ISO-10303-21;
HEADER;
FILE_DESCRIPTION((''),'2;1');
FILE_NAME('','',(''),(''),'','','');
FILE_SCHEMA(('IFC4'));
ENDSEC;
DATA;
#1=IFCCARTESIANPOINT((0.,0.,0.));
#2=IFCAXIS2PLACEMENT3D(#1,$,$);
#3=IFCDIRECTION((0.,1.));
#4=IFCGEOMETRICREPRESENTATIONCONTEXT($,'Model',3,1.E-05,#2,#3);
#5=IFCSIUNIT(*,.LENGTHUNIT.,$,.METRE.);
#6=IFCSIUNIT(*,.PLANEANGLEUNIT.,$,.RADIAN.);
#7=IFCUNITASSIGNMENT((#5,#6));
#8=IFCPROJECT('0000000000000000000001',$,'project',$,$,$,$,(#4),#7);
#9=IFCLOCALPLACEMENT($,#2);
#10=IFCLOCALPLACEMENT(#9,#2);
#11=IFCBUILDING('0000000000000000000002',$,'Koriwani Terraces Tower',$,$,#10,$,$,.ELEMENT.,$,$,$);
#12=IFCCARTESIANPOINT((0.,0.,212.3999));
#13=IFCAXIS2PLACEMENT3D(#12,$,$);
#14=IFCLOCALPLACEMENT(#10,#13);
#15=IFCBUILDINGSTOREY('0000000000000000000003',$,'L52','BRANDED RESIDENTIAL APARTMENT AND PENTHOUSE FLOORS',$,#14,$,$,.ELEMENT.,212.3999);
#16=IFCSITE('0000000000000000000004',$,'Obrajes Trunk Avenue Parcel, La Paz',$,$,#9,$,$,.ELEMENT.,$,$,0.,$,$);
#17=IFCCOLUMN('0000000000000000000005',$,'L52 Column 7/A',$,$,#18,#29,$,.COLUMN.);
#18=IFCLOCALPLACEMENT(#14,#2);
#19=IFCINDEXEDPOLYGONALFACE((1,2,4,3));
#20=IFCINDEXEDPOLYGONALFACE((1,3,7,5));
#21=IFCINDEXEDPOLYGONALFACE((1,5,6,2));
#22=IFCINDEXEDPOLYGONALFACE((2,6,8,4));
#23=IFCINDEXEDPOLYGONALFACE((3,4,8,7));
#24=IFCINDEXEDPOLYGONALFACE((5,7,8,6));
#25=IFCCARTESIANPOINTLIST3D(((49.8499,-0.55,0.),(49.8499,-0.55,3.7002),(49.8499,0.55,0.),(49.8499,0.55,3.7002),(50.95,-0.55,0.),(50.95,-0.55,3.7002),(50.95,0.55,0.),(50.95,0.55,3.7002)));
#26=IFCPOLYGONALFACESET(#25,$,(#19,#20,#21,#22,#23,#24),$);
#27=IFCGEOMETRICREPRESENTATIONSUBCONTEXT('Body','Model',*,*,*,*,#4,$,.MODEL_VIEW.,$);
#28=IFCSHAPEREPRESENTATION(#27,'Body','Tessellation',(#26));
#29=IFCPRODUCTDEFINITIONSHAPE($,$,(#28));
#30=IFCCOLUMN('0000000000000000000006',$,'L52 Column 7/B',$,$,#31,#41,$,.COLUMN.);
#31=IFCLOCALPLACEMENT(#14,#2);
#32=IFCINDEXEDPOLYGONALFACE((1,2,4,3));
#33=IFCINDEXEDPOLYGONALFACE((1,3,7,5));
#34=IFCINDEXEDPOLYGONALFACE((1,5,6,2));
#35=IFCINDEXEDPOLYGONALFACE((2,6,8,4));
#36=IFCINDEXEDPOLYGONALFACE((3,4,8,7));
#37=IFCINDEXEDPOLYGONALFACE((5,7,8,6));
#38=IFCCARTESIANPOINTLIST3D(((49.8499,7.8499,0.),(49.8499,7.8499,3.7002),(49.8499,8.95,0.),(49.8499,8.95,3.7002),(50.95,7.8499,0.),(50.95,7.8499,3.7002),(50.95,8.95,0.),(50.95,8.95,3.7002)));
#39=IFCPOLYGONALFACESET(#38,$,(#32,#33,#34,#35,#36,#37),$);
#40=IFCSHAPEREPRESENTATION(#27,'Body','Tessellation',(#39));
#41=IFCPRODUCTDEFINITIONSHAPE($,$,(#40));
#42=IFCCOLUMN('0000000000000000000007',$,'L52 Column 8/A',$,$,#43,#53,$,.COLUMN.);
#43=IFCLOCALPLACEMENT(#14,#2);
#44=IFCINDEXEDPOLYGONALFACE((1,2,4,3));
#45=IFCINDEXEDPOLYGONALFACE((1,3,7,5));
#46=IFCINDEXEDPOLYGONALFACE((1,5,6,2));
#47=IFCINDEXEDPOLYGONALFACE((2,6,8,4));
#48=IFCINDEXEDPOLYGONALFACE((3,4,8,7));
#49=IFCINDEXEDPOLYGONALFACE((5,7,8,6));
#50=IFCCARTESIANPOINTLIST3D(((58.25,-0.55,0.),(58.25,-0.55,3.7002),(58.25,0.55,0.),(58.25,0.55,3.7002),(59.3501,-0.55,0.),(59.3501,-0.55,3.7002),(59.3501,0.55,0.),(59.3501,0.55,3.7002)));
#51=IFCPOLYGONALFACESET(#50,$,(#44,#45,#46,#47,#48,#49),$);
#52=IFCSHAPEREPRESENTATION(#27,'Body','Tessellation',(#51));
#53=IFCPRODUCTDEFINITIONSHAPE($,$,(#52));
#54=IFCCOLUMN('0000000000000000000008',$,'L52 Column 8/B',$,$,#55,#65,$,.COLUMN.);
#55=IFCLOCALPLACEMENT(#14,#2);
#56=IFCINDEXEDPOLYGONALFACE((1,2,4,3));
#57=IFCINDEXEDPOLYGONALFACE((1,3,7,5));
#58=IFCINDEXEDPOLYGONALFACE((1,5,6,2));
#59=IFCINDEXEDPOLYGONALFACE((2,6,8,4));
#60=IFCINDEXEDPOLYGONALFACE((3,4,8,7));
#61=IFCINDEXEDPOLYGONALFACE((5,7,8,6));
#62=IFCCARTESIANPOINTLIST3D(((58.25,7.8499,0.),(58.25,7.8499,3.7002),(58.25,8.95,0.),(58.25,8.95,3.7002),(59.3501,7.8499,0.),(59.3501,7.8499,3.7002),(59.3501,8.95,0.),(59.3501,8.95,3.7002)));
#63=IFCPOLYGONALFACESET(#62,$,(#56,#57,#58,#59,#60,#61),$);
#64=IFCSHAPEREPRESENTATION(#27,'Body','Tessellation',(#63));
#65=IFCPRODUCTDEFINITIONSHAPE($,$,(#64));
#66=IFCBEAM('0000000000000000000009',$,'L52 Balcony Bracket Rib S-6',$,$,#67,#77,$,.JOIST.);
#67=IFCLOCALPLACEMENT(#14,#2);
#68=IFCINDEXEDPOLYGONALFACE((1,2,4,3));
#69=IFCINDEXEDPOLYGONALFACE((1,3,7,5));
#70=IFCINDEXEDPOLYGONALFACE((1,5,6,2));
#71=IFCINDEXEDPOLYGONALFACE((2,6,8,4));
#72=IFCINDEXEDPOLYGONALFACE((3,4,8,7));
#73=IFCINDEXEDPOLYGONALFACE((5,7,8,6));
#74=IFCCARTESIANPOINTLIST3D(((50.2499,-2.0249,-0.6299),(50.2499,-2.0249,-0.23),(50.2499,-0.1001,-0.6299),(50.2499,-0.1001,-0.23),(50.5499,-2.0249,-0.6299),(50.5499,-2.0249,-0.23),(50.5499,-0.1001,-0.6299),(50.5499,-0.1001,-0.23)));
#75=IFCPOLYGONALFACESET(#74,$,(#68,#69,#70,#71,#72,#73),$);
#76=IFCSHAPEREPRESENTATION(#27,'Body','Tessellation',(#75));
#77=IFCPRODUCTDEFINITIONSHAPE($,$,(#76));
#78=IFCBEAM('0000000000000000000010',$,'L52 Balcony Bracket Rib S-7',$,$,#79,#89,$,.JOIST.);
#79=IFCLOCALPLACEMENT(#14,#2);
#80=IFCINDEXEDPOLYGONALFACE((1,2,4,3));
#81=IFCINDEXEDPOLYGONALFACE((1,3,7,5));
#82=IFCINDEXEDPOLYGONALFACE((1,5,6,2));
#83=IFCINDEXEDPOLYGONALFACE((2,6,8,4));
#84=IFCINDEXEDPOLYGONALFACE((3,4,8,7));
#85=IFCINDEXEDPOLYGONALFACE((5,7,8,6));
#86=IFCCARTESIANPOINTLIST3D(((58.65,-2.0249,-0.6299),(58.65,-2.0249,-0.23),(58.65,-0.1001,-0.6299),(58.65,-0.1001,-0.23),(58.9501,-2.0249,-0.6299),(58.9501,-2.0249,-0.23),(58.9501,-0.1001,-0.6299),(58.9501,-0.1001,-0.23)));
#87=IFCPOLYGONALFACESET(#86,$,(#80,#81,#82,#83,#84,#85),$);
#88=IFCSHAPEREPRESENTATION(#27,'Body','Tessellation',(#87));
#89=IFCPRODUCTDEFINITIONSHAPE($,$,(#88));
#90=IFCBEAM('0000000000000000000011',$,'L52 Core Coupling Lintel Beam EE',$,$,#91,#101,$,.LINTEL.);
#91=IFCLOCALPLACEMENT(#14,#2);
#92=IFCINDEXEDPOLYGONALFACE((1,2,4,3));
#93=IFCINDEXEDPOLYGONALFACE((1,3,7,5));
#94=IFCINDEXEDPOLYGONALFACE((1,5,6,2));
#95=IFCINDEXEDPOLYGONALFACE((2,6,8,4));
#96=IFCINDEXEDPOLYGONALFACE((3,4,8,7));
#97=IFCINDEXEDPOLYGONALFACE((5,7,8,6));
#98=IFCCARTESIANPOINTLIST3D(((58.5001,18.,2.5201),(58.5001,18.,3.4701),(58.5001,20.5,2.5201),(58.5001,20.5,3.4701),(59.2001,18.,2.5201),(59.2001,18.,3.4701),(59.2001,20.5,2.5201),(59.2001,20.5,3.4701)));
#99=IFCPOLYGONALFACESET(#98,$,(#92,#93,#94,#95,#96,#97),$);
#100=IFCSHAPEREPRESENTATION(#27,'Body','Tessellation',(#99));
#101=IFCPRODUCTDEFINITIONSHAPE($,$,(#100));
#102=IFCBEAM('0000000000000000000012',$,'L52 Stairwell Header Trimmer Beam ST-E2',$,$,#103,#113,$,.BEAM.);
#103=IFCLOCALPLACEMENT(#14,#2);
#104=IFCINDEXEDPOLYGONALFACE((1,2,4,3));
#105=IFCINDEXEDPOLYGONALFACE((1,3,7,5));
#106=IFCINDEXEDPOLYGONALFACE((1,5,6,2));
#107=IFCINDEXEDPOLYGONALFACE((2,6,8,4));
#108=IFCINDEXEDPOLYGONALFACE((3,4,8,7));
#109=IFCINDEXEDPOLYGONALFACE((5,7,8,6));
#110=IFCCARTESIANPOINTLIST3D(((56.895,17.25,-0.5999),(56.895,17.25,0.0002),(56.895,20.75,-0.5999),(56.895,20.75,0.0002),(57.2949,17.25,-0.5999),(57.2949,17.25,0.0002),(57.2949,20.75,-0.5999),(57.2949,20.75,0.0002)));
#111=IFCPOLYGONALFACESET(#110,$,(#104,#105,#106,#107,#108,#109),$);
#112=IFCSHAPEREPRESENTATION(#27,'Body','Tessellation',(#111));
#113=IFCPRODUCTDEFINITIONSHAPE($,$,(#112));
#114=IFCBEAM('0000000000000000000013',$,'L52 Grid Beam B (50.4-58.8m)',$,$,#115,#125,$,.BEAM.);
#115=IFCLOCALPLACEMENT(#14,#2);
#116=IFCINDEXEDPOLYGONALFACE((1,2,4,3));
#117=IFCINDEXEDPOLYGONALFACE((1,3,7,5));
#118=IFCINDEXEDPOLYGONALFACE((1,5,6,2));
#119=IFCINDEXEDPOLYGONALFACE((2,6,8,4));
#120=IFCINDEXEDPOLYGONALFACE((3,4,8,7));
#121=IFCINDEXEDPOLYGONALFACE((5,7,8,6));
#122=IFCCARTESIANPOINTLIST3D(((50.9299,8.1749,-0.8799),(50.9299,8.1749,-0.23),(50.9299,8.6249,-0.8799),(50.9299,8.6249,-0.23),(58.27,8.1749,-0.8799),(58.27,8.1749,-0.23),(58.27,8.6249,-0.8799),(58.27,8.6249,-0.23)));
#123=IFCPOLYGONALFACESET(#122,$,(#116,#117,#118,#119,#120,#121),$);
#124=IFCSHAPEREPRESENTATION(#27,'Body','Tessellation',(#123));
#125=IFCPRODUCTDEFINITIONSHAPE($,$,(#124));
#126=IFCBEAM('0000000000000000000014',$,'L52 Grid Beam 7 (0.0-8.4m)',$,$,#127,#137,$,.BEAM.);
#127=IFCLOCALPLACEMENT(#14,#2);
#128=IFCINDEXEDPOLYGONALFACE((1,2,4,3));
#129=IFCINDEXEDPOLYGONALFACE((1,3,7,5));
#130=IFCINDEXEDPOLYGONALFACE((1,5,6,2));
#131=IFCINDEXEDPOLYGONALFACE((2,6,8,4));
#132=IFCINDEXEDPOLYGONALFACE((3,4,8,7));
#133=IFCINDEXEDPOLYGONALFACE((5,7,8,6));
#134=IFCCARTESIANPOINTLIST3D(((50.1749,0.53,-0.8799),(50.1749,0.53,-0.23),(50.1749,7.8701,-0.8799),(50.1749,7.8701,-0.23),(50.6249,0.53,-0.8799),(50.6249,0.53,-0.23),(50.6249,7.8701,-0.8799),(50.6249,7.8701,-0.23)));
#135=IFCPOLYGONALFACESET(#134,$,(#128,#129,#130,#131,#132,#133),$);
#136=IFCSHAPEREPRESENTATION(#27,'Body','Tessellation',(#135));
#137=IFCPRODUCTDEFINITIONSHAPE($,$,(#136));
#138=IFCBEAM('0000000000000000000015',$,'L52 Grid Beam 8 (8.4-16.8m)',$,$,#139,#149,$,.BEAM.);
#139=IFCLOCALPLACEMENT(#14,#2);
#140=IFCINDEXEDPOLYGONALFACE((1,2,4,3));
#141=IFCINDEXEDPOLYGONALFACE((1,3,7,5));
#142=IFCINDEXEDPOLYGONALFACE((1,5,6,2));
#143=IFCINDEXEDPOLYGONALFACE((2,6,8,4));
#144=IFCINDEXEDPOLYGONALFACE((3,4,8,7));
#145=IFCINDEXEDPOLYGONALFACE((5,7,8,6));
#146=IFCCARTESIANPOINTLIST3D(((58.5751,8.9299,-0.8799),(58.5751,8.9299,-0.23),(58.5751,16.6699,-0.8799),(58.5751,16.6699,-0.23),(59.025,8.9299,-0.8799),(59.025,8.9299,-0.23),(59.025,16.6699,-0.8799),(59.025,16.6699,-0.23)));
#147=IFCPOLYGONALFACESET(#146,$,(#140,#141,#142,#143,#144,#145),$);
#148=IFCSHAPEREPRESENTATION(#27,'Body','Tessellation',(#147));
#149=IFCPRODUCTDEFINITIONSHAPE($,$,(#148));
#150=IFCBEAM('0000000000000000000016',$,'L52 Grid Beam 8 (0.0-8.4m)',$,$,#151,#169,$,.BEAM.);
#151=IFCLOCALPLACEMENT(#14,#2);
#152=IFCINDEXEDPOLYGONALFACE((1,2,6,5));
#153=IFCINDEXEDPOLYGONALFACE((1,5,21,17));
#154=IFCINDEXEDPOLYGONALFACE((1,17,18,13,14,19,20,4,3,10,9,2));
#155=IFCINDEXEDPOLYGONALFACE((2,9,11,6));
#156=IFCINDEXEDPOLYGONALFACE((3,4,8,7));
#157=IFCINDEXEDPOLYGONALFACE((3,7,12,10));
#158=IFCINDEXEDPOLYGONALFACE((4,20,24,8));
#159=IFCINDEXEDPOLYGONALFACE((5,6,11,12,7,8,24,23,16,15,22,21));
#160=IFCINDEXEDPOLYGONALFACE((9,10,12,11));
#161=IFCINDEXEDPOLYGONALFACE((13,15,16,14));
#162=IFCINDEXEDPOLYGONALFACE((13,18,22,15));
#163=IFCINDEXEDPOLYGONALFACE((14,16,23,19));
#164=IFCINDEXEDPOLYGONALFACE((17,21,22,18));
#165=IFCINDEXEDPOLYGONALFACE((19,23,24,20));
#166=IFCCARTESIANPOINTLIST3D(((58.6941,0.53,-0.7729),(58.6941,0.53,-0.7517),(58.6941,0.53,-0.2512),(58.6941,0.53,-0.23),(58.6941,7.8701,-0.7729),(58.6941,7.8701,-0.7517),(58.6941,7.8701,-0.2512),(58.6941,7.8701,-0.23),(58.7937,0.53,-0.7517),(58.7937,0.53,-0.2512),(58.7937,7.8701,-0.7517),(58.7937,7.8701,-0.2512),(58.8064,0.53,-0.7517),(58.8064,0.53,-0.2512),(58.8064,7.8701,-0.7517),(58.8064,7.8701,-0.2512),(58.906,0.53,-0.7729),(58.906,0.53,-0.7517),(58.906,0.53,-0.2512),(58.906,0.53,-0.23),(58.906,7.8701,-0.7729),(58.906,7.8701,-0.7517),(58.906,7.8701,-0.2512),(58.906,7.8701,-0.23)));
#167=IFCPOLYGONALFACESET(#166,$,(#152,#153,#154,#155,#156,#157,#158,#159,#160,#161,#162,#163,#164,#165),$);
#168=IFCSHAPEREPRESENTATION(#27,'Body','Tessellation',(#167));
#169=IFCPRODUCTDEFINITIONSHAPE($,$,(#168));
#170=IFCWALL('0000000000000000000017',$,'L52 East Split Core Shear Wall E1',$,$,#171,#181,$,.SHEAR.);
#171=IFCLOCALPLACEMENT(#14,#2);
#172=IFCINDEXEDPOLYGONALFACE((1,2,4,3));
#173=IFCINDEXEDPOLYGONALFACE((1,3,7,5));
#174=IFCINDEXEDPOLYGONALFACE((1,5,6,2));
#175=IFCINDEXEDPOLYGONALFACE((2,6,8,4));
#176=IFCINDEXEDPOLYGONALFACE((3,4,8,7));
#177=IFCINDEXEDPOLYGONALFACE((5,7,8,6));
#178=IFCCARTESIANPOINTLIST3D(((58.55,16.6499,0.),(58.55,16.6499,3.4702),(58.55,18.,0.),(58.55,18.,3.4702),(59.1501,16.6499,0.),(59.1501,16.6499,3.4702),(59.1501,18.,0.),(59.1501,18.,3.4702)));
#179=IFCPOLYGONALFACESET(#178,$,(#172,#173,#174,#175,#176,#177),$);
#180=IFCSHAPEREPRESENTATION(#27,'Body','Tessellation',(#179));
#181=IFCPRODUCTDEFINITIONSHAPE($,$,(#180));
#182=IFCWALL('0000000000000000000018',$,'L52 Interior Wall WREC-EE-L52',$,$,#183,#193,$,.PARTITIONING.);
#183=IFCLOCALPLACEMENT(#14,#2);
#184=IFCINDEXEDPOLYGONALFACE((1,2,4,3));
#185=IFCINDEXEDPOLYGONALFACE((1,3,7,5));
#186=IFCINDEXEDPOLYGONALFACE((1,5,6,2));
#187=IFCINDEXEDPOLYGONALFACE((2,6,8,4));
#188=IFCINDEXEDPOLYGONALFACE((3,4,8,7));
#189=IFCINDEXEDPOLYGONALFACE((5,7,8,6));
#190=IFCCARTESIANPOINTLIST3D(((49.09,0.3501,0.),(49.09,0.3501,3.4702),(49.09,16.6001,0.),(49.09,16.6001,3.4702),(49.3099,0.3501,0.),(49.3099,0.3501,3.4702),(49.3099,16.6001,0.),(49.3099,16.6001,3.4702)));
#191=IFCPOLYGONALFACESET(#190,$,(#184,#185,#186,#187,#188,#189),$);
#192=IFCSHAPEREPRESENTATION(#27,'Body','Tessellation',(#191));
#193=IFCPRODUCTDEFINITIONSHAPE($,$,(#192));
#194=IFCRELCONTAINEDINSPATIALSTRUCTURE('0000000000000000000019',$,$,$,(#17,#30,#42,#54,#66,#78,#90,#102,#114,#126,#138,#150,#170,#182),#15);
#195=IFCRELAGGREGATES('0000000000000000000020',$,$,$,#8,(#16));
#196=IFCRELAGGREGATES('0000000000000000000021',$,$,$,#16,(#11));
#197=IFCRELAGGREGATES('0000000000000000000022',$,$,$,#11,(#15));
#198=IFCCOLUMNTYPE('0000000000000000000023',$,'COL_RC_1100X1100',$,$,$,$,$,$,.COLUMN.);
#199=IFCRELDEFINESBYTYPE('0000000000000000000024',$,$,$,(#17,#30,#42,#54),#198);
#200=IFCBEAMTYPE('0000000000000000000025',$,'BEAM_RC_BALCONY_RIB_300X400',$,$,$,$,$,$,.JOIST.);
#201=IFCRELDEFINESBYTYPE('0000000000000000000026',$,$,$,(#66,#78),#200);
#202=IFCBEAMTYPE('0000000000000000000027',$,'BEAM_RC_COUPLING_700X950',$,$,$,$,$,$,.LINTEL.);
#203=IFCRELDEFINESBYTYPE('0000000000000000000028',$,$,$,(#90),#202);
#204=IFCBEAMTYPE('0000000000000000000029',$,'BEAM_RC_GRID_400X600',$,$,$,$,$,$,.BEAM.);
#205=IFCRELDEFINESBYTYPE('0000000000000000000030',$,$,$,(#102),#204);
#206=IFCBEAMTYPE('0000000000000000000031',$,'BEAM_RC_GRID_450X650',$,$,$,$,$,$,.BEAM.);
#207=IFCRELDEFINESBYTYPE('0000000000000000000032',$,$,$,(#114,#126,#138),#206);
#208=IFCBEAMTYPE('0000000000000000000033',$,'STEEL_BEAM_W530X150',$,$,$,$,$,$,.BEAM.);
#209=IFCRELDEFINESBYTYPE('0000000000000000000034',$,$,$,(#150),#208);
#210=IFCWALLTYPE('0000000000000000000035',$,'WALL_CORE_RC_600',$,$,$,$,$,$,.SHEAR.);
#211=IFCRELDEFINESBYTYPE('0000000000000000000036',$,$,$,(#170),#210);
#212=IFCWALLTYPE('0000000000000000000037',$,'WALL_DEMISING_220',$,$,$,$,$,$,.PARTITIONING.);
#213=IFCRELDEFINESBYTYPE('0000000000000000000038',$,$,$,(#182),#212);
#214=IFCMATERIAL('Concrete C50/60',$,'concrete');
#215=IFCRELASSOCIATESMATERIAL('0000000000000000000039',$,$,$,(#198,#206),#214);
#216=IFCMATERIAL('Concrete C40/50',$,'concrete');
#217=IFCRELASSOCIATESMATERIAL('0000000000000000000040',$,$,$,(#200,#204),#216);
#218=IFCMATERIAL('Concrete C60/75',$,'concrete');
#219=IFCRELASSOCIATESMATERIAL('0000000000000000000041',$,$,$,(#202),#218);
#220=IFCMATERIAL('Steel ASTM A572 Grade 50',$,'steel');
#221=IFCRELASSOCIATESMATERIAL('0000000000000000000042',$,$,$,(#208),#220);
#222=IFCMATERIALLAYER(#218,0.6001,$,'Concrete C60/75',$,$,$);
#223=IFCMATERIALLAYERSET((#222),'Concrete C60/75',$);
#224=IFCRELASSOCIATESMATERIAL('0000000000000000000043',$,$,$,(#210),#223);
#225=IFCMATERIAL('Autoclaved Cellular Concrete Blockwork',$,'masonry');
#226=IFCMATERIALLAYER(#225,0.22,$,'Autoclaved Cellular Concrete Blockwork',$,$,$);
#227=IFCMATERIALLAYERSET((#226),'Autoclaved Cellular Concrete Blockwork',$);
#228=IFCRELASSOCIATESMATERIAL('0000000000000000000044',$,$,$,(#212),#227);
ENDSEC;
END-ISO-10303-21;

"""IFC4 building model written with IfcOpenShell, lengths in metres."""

from ifc_helpers import new_model, si_unit, direction, frame, frame_2d, origin, origin_2d, place, context, subcontext, project, spatial, rectangle, i_section, extrude, material, layer, layer_set, material_profile, profile_set, type_object, element, save


model = new_model("IFC4")

# Units and contexts
model_context = context("Model", 3, precision=1e-05, world=origin(), true_north=direction((0.0, 1.0)))
body_context = subcontext(model_context, "Body", "Model", "MODEL_VIEW")
ifc_project = project(units=[si_unit("LENGTHUNIT", "METRE"), si_unit("PLANEANGLEUNIT", "RADIAN")], contexts=[model_context])

# Site, building, storey
site_placement = place(None, origin())
site = spatial("IfcSite", under=ifc_project, at=site_placement, Name="Obrajes Trunk Avenue Parcel, La Paz", CompositionType="ELEMENT", RefElevation=0.0)
building_placement = place(site_placement, origin())
building = spatial("IfcBuilding", under=site, at=building_placement, Name="Koriwani Terraces Tower", CompositionType="ELEMENT")
storey_placement = place(building_placement, frame((0.0, 0.0, 212.3999)))
storey = spatial("IfcBuildingStorey", under=building, at=storey_placement, Name="L52", Description="BRANDED RESIDENTIAL APARTMENT AND PENTHOUSE FLOORS", CompositionType="ELEMENT", Elevation=212.3999)

# Columns
ifc_material_1 = material(Name="Concrete C50/60", Category="concrete")
ifc_material_profile_1 = material_profile(ifc_material_1, rectangle(XDim=1.1001, YDim=1.1001, at=origin_2d()), Name="Concrete C50/60", Category="LoadBearing")
ifc_profile_set_1 = profile_set([ifc_material_profile_1], Name="Concrete C50/60")
column_type = type_object("IfcColumnType", Name="COL_RC_1100X1100", PredefinedType="COLUMN", material=ifc_profile_set_1)
for number, where, z_axis, x_axis, name in (
    (1, (50.3999, 0.0, 0.0), (0.0, 0.0, 1.0), (1.0, 0.0, 0.0), "L52 Column 7/A"),
    (2, (50.3999, 8.3999, 0.0), (0.0, 0.0, 1.0), (1.0, 0.0, 0.0), "L52 Column 7/B"),
    (3, (58.8, 0.0, 0.0), (0.0, 0.0, 1.0), (1.0, 0.0, 0.0), "L52 Column 8/A"),
    (4, (58.8, 8.3999, 0.0), (0.0, 0.0, 1.0), (1.0, 0.0, 0.0), "L52 Column 8/B"),
):
    element("IfcColumn", number, at=place(storey_placement, frame(where, z_axis=z_axis, x_axis=x_axis)), inside=storey, type_object=column_type, Name=name, PredefinedType="COLUMN", context=body_context, shape_type="SweptSolid", body=[
        extrude(rectangle(XDim=1.1001, YDim=1.1001, at=origin_2d()), origin(), (0.0, 0.0, 1.0), 3.7002),
    ])

# Beams
ifc_material_2 = material(Name="Concrete C40/50", Category="concrete")
ifc_material_profile_2 = material_profile(ifc_material_2, rectangle(XDim=0.3, YDim=0.3999, at=origin_2d()), Name="Concrete C40/50", Category="LoadBearing")
ifc_profile_set_2 = profile_set([ifc_material_profile_2], Name="Concrete C40/50")
beam_type_1 = type_object("IfcBeamType", Name="BEAM_RC_BALCONY_RIB_300X400", PredefinedType="JOIST", material=ifc_profile_set_2)
for number, where, z_axis, x_axis, name in (
    (5, (50.3999, -2.0249, -0.4299), (0.0, 1.0, 0.0), (-1.0, 0.0, 0.0), "L52 Balcony Bracket Rib S-6"),
    (6, (58.8, -2.0249, -0.4299), (0.0, 1.0, 0.0), (-1.0, 0.0, 0.0), "L52 Balcony Bracket Rib S-7"),
):
    element("IfcBeam", number, at=place(storey_placement, frame(where, z_axis=z_axis, x_axis=x_axis)), inside=storey, type_object=beam_type_1, Name=name, PredefinedType="JOIST", context=body_context, shape_type="SweptSolid", body=[
        extrude(rectangle(XDim=0.3, YDim=0.3999, at=origin_2d()), origin(), (0.0, 0.0, 1.0), 1.9248),
    ])
ifc_material_3 = material(Name="Concrete C60/75", Category="concrete")
ifc_material_profile_3 = material_profile(ifc_material_3, rectangle(XDim=0.7, YDim=0.95, at=origin_2d()), Name="Concrete C60/75", Category="LoadBearing")
ifc_profile_set_3 = profile_set([ifc_material_profile_3], Name="Concrete C60/75")
beam_type_2 = type_object("IfcBeamType", Name="BEAM_RC_COUPLING_700X950", PredefinedType="LINTEL", material=ifc_profile_set_3)
beam_1_placement = place(storey_placement, frame((58.8501, 18.0, 2.9951), z_axis=(0.0, 1.0, 0.0), x_axis=(-1.0, 0.0, 0.0)))
element("IfcBeam", 7, at=beam_1_placement, inside=storey, type_object=beam_type_2, Name="L52 Core Coupling Lintel Beam EE", PredefinedType="LINTEL", context=body_context, shape_type="SweptSolid", body=[
    extrude(rectangle(XDim=0.7, YDim=0.95, at=origin_2d()), origin(), (0.0, 0.0, 1.0), 2.5),
])
ifc_material_profile_4 = material_profile(ifc_material_2, rectangle(XDim=0.3999, YDim=0.6001, at=origin_2d()), Name="Concrete C40/50", Category="LoadBearing")
ifc_profile_set_4 = profile_set([ifc_material_profile_4], Name="Concrete C40/50")
beam_type_3 = type_object("IfcBeamType", Name="BEAM_RC_GRID_400X600", PredefinedType="BEAM", material=ifc_profile_set_4)
beam_2_placement = place(storey_placement, frame((57.095, 17.25, -0.2998), z_axis=(0.0, 1.0, 0.0), x_axis=(-1.0, 0.0, 0.0)))
element("IfcBeam", 8, at=beam_2_placement, inside=storey, type_object=beam_type_3, Name="L52 Stairwell Header Trimmer Beam ST-E2", PredefinedType="BEAM", context=body_context, shape_type="SweptSolid", body=[
    extrude(rectangle(XDim=0.3999, YDim=0.6001, at=origin_2d()), origin(), (0.0, 0.0, 1.0), 3.5),
])
ifc_material_profile_5 = material_profile(ifc_material_1, rectangle(XDim=0.45, YDim=0.6499, at=origin_2d()), Name="Concrete C50/60", Category="LoadBearing")
ifc_profile_set_5 = profile_set([ifc_material_profile_5], Name="Concrete C50/60")
beam_type_4 = type_object("IfcBeamType", Name="BEAM_RC_GRID_450X650", PredefinedType="BEAM", material=ifc_profile_set_5)
for number, where, z_axis, x_axis, name in (
    (9, (50.9299, 8.3999, -0.5549), (1.0, 0.0, 0.0), (0.0, 1.0, 0.0), "L52 Grid Beam B (50.4-58.8m)"),
    (10, (50.3999, 0.53, -0.5549), (0.0, 1.0, 0.0), (-1.0, 0.0, 0.0), "L52 Grid Beam 7 (0.0-8.4m)"),
):
    element("IfcBeam", number, at=place(storey_placement, frame(where, z_axis=z_axis, x_axis=x_axis)), inside=storey, type_object=beam_type_4, Name=name, PredefinedType="BEAM", context=body_context, shape_type="SweptSolid", body=[
        extrude(rectangle(XDim=0.45, YDim=0.6499, at=origin_2d()), origin(), (0.0, 0.0, 1.0), 7.3401),
    ])
beam_3_placement = place(storey_placement, frame((58.8, 8.9299, -0.5549), z_axis=(0.0, 1.0, 0.0), x_axis=(-1.0, 0.0, 0.0)))
element("IfcBeam", 11, at=beam_3_placement, inside=storey, type_object=beam_type_4, Name="L52 Grid Beam 8 (8.4-16.8m)", PredefinedType="BEAM", context=body_context, shape_type="SweptSolid", body=[
    extrude(rectangle(XDim=0.45, YDim=0.6499, at=origin_2d()), origin(), (0.0, 0.0, 1.0), 7.74),
])
ifc_material_4 = material(Name="Steel ASTM A572 Grade 50", Category="steel")
ifc_material_profile_6 = material_profile(ifc_material_4, i_section(OverallWidth=0.2119, OverallDepth=0.543, WebThickness=0.0127, FlangeThickness=0.0212, at=origin_2d()), Name="Steel ASTM A572 Grade 50", Category="LoadBearing")
ifc_profile_set_6 = profile_set([ifc_material_profile_6], Name="Steel ASTM A572 Grade 50")
beam_type_5 = type_object("IfcBeamType", Name="STEEL_BEAM_W530X150", PredefinedType="BEAM", material=ifc_profile_set_6)
beam_4_placement = place(storey_placement, frame((58.8, 0.53, -0.5015), z_axis=(0.0, 1.0, 0.0), x_axis=(-1.0, 0.0, 0.0)))
element("IfcBeam", 12, at=beam_4_placement, inside=storey, type_object=beam_type_5, Name="L52 Grid Beam 8 (0.0-8.4m)", PredefinedType="BEAM", context=body_context, shape_type="SweptSolid", body=[
    extrude(i_section(OverallWidth=0.2119, OverallDepth=0.543, WebThickness=0.0127, FlangeThickness=0.0212, at=origin_2d()), origin(), (0.0, 0.0, 1.0), 7.3401),
])

# Walls
ifc_layer_1 = layer(ifc_material_3, 0.6001, Name="Concrete C60/75")
ifc_layer_set_1 = layer_set([ifc_layer_1], Name="Concrete C60/75")
wall_type_1 = type_object("IfcWallType", Name="WALL_CORE_RC_600", PredefinedType="SHEAR", material=ifc_layer_set_1)
wall_1_placement = place(storey_placement, frame((58.8501, 16.6499, 0.0), z_axis=(0.0, 0.0, 1.0), x_axis=(0.0, 1.0, 0.0)))
element("IfcWall", 13, at=wall_1_placement, inside=storey, type_object=wall_type_1, Name="L52 East Split Core Shear Wall E1", PredefinedType="SHEAR", context=body_context, shape_type="SweptSolid", body=[
    extrude(rectangle(XDim=1.3501, YDim=0.6001, at=frame_2d((0.675, 0.0))), origin(), (0.0, 0.0, 1.0), 3.4702),
])
ifc_material_5 = material(Name="Autoclaved Cellular Concrete Blockwork", Category="masonry")
ifc_layer_2 = layer(ifc_material_5, 0.22, Name="Autoclaved Cellular Concrete Blockwork")
ifc_layer_set_2 = layer_set([ifc_layer_2], Name="Autoclaved Cellular Concrete Blockwork")
wall_type_2 = type_object("IfcWallType", Name="WALL_DEMISING_220", PredefinedType="PARTITIONING", material=ifc_layer_set_2)
wall_2_placement = place(storey_placement, frame((49.2, 0.3501, 0.0), z_axis=(0.0, 0.0, 1.0), x_axis=(0.0, 1.0, 0.0)))
element("IfcWall", 14, at=wall_2_placement, inside=storey, type_object=wall_type_2, Name="L52 Interior Wall WREC-EE-L52", PredefinedType="PARTITIONING", context=body_context, shape_type="SweptSolid", body=[
    extrude(rectangle(XDim=16.25, YDim=0.22, at=frame_2d((8.125, 0.0))), origin(), (0.0, 0.0, 1.0), 3.4702),
])

save(model, "model.ifc")
